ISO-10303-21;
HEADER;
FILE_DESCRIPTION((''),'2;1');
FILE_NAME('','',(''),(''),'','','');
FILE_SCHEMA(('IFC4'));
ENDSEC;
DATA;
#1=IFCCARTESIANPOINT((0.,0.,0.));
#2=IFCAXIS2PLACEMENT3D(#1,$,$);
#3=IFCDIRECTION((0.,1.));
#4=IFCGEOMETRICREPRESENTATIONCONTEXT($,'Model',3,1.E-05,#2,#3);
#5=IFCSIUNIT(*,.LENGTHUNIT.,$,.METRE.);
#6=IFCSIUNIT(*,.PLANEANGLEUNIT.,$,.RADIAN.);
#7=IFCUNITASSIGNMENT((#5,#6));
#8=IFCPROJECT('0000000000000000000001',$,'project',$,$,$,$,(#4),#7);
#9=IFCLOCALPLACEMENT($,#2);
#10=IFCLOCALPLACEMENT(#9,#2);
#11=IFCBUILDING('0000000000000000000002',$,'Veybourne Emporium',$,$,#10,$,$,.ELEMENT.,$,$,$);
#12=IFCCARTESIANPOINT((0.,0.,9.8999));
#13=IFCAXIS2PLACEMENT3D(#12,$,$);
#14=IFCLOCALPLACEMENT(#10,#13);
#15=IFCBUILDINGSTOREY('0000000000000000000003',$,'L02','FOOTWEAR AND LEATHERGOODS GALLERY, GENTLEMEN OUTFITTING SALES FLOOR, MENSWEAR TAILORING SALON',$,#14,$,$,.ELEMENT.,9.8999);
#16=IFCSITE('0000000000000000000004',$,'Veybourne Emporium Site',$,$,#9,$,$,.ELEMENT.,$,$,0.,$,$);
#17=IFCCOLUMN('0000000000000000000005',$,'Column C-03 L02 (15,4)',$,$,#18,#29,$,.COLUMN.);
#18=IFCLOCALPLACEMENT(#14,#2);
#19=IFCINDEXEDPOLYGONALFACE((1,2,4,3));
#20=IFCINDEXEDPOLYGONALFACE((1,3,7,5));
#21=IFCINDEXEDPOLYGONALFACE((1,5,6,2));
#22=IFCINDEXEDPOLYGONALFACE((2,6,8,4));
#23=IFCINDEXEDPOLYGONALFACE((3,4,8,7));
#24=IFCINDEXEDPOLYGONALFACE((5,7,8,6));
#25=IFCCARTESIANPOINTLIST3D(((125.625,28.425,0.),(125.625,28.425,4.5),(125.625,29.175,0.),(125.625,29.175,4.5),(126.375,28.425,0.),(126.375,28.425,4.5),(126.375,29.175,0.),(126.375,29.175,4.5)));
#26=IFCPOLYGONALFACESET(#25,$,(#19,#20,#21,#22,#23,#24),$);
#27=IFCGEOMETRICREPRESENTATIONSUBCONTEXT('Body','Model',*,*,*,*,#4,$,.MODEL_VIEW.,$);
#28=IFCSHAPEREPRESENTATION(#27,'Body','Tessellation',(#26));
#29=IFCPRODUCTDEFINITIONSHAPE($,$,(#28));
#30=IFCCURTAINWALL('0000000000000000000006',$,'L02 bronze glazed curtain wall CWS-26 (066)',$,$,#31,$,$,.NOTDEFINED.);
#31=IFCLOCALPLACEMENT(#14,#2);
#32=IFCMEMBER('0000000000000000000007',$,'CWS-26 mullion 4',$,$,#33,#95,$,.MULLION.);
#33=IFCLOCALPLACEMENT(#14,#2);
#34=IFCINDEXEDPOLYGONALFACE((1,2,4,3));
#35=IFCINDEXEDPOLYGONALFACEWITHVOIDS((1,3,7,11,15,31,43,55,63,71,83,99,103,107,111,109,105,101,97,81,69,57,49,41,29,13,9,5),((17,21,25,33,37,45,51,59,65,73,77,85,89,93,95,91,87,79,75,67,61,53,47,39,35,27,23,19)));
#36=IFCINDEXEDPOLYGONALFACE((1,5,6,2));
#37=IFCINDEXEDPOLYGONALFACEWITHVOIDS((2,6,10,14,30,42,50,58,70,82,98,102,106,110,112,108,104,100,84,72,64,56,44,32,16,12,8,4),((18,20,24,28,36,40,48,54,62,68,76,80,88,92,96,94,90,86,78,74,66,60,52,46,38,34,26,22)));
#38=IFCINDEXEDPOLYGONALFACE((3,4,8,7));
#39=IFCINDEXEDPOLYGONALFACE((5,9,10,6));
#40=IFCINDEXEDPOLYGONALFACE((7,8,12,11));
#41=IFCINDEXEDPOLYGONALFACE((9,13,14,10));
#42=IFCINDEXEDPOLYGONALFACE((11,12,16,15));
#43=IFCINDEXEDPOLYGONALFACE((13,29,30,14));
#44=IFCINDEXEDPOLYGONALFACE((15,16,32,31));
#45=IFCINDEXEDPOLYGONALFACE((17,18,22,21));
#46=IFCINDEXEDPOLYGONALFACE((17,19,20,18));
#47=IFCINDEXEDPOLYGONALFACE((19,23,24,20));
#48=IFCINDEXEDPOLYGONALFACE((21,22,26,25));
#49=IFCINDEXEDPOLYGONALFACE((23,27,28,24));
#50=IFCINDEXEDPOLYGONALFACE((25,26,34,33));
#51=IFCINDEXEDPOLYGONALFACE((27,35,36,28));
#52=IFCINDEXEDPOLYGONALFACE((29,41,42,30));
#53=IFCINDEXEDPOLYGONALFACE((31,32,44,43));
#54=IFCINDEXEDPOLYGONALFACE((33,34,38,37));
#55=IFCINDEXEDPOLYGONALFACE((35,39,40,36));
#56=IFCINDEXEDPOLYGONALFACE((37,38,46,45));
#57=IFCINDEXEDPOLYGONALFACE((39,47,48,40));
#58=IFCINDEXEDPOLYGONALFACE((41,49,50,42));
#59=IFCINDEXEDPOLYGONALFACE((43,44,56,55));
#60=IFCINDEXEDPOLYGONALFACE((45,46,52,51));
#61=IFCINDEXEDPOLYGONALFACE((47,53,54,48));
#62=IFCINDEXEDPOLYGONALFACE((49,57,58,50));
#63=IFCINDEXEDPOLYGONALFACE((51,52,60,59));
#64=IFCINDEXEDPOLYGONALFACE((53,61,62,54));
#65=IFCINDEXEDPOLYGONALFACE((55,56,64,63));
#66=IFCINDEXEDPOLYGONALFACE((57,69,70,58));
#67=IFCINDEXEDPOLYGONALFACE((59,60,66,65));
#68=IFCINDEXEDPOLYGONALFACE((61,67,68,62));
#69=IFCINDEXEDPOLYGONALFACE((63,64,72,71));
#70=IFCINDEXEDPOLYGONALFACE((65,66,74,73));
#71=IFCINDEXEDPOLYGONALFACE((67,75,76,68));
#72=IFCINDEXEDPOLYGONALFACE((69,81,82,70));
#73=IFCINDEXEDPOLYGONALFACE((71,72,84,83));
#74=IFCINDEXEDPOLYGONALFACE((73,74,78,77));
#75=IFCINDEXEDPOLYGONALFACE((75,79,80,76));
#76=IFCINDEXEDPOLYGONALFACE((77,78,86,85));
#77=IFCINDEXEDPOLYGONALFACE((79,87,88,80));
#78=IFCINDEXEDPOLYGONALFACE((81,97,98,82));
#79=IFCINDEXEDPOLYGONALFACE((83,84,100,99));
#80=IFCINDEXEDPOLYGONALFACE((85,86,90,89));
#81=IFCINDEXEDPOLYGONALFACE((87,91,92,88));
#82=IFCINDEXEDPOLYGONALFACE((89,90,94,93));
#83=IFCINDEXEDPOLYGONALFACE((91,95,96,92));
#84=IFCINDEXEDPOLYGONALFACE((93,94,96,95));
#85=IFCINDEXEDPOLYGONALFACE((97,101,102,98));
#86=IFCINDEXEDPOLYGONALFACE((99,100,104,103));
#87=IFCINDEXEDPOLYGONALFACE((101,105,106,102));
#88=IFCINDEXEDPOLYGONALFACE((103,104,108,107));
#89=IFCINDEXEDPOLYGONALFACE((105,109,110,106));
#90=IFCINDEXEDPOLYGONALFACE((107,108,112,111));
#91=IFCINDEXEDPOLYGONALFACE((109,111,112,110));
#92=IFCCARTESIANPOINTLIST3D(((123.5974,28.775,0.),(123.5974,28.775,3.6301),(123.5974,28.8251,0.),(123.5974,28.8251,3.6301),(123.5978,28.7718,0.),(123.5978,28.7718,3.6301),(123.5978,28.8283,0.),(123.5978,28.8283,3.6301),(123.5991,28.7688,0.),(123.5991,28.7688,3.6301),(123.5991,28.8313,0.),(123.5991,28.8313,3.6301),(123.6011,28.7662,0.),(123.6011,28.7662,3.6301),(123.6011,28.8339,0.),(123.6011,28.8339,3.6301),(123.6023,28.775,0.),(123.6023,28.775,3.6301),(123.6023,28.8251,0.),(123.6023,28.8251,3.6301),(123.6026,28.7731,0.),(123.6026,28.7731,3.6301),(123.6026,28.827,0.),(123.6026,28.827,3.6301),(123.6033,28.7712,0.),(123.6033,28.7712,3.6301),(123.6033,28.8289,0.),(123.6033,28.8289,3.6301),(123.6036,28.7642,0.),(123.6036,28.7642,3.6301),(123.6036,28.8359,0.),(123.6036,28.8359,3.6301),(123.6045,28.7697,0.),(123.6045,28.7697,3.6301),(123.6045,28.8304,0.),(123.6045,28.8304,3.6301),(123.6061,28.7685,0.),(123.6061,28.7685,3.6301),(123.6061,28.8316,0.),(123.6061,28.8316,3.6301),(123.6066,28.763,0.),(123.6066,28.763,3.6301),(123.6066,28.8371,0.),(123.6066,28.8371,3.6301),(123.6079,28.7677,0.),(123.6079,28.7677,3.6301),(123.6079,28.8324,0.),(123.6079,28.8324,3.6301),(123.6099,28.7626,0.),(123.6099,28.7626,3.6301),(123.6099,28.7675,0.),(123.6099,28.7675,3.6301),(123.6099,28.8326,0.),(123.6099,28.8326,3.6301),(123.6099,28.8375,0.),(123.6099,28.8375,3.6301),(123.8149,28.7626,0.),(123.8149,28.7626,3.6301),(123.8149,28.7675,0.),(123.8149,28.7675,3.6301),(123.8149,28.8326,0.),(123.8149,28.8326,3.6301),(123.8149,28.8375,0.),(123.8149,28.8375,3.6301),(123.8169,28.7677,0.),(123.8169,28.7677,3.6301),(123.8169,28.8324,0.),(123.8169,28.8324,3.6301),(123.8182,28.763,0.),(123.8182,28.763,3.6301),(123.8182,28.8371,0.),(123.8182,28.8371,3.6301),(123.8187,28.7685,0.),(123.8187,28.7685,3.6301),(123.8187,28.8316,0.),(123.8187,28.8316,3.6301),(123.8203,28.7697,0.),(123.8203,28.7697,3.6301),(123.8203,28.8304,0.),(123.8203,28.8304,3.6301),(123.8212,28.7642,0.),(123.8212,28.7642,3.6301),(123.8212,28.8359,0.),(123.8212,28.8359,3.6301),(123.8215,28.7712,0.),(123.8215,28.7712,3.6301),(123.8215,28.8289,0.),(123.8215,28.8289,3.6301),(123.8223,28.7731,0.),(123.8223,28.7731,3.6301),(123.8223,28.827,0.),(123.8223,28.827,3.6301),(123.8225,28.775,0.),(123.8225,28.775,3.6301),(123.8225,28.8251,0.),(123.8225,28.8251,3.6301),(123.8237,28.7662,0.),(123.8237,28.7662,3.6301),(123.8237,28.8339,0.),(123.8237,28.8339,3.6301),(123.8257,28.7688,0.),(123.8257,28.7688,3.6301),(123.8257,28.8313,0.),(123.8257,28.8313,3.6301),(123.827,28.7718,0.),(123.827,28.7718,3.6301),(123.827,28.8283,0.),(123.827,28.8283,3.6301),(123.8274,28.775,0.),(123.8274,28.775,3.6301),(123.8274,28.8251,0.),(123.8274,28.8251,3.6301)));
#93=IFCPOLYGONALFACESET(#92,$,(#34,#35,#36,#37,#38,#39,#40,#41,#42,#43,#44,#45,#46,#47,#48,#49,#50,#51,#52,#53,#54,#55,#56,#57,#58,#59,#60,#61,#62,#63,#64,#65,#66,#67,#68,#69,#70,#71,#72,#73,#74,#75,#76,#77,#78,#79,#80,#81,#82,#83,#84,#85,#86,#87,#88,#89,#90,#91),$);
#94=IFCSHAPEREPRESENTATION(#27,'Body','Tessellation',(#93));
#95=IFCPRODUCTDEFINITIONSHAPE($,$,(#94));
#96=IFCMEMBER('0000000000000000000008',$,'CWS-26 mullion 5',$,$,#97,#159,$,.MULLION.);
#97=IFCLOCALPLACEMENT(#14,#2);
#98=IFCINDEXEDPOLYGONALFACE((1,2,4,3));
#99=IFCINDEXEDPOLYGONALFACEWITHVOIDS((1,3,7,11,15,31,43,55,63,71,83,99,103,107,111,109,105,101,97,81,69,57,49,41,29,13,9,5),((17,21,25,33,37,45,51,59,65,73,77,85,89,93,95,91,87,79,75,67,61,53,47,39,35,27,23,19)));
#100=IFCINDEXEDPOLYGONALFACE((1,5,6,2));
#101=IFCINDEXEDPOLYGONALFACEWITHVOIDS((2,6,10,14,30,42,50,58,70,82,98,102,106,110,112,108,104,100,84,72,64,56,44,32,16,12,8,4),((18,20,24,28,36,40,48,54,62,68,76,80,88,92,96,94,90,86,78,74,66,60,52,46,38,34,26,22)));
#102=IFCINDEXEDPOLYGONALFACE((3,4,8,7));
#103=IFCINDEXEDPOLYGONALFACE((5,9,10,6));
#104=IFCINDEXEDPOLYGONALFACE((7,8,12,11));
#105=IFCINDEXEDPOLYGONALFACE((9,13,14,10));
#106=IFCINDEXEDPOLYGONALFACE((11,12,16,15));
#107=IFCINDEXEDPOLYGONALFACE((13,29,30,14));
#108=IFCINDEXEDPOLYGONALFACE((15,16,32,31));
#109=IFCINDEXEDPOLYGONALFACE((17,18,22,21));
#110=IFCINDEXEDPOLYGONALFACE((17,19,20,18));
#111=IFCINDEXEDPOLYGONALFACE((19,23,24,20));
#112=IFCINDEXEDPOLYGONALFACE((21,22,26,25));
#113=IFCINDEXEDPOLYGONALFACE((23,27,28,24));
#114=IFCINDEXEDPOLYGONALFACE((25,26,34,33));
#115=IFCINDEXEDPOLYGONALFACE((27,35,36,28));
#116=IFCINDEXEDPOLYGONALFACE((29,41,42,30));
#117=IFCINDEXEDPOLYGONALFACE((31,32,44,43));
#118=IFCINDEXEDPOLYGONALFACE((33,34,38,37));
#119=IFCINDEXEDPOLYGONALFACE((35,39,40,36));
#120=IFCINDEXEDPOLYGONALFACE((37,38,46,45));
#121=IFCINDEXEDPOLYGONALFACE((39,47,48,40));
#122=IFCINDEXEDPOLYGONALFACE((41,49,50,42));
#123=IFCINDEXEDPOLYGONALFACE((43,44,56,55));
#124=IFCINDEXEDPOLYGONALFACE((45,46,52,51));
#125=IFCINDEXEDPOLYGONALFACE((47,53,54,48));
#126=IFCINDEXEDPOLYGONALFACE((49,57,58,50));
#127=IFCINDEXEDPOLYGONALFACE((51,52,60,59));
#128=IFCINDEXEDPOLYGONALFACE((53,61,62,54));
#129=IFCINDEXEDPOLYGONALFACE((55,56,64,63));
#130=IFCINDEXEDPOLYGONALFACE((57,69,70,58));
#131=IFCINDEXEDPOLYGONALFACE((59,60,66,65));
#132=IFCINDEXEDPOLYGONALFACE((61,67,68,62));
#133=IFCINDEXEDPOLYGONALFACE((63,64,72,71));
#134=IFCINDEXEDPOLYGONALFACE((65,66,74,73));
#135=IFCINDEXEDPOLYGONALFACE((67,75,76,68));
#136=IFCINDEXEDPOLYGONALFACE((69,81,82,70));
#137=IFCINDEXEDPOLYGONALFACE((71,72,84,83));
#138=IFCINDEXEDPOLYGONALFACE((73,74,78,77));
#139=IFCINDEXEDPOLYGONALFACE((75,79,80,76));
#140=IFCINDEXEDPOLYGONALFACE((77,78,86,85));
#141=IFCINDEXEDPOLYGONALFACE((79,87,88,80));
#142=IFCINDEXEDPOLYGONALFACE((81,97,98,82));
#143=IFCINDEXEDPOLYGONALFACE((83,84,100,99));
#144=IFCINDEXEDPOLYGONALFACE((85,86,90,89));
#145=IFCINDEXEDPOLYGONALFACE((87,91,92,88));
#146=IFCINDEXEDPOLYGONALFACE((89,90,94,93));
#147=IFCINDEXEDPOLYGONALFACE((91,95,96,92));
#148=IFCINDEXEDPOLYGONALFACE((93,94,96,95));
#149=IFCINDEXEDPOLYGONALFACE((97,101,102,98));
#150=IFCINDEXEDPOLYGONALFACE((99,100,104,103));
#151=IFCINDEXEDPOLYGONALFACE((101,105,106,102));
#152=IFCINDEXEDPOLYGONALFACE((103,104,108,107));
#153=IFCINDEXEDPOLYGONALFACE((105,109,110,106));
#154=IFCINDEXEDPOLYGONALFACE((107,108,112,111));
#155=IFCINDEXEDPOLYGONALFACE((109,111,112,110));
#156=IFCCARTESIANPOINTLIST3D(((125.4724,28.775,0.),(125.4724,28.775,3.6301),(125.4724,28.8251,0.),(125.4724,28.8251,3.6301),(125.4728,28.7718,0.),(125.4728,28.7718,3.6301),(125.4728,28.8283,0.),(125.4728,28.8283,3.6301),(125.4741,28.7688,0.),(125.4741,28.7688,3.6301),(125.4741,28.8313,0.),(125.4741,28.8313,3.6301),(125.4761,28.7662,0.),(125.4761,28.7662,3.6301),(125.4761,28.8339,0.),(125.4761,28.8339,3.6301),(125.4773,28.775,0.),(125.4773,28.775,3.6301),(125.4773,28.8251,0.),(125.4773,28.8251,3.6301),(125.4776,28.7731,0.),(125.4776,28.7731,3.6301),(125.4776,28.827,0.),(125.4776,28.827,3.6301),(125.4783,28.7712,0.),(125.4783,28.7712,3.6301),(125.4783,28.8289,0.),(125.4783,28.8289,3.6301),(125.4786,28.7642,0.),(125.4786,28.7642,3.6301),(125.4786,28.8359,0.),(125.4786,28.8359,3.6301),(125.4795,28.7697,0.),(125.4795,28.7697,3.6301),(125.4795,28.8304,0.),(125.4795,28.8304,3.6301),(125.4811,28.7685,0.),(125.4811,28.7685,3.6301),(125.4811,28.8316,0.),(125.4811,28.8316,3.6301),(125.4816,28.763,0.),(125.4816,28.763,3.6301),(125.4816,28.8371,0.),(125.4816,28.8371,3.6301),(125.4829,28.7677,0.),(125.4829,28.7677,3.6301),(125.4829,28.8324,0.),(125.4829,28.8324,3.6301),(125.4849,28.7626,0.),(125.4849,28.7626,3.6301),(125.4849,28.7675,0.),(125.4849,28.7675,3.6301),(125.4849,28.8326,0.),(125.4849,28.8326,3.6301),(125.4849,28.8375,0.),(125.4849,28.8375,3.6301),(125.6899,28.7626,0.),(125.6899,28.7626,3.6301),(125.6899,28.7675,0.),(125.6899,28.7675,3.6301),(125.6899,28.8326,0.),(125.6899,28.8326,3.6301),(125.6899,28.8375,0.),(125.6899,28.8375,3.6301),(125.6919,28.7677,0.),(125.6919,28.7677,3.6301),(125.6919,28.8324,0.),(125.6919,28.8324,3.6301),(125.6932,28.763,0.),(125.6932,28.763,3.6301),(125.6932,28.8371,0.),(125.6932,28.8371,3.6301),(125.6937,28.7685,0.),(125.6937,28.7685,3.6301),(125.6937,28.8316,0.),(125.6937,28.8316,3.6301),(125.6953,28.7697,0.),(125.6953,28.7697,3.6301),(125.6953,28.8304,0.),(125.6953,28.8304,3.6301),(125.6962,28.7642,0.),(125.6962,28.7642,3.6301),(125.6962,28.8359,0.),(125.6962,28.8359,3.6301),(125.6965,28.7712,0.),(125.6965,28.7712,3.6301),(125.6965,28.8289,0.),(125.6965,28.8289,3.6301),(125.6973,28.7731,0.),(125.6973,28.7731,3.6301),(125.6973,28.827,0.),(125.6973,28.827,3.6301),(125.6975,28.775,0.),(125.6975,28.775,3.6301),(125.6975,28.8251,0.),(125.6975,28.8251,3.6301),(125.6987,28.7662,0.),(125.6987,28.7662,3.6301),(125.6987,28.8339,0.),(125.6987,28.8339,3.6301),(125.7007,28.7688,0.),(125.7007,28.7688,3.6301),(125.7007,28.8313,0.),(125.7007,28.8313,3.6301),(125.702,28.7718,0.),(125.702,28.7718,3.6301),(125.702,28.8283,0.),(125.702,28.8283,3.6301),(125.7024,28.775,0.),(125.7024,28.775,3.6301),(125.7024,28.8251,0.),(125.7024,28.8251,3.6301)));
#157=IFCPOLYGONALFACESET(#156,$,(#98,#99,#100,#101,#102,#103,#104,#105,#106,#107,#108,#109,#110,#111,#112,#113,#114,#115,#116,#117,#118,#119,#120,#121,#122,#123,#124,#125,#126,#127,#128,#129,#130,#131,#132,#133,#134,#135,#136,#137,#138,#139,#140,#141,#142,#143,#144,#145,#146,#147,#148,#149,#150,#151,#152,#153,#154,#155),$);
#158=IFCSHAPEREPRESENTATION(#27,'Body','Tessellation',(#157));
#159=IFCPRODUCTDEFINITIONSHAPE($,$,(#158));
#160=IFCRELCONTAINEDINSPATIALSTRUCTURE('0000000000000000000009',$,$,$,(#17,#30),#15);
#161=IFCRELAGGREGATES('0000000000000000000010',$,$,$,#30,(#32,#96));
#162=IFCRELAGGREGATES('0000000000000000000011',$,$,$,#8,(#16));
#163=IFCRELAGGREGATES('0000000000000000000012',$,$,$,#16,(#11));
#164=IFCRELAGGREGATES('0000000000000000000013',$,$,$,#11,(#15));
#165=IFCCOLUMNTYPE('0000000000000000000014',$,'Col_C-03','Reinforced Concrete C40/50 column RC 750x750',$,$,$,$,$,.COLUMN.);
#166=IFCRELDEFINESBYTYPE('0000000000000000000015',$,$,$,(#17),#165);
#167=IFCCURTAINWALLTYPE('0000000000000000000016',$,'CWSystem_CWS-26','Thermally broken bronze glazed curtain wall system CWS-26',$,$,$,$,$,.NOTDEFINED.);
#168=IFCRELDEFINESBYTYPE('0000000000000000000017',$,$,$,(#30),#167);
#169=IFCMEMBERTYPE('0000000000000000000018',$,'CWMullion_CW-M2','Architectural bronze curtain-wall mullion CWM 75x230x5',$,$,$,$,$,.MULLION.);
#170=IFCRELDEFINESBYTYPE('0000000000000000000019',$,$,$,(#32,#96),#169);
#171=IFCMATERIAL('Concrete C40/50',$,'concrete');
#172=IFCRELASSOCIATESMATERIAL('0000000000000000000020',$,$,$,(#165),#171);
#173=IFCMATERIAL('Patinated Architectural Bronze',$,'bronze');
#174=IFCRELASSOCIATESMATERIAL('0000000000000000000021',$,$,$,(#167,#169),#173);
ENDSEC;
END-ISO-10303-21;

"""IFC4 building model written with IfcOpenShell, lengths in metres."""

from ifc_helpers import new_model, si_unit, direction, frame, origin, origin_2d, place, context, subcontext, project, spatial, rectangle, hollow_rectangle, extrude, material, material_profile, profile_set, type_object, element, aggregate, save


model = new_model("IFC4")

# Units and contexts
model_context = context("Model", 3, precision=1e-05, world=origin(), true_north=direction((0.0, 1.0)))
body_context = subcontext(model_context, "Body", "Model", "MODEL_VIEW")
ifc_project = project(units=[si_unit("LENGTHUNIT", "METRE"), si_unit("PLANEANGLEUNIT", "RADIAN")], contexts=[model_context])

# Site, building, storey
site_placement = place(None, origin())
site = spatial("IfcSite", under=ifc_project, at=site_placement, Name="Veybourne Emporium Site", CompositionType="ELEMENT", RefElevation=0.0)
building_placement = place(site_placement, origin())
building = spatial("IfcBuilding", under=site, at=building_placement, Name="Veybourne Emporium", CompositionType="ELEMENT")
storey_placement = place(building_placement, frame((0.0, 0.0, 9.8999)))
storey = spatial("IfcBuildingStorey", under=building, at=storey_placement, Name="L02", Description="FOOTWEAR AND LEATHERGOODS GALLERY, GENTLEMEN OUTFITTING SALES FLOOR, MENSWEAR TAILORING SALON", CompositionType="ELEMENT", Elevation=9.8999)

# Column
ifc_material_1 = material(Name="Concrete C40/50", Category="concrete")
ifc_material_profile_1 = material_profile(ifc_material_1, rectangle(XDim=0.75, YDim=0.75, at=origin_2d()), Name="RC 750x750")
ifc_profile_set_1 = profile_set([ifc_material_profile_1], Name="Concrete C40/50")
column_type = type_object("IfcColumnType", Name="Col_C-03", Description="Reinforced Concrete C40/50 column RC 750x750", PredefinedType="COLUMN", material=ifc_profile_set_1)
column_placement = place(storey_placement, frame((126.0, 28.8, 0.0), z_axis=(0.0, 0.0, 1.0), x_axis=(1.0, 0.0, 0.0)))
element("IfcColumn", 1, at=column_placement, inside=storey, type_object=column_type, Name="Column C-03 L02 (15,4)", PredefinedType="COLUMN", context=body_context, shape_type="SweptSolid", body=[
    extrude(rectangle(XDim=0.75, YDim=0.75, at=origin_2d()), origin(), (0.0, 0.0, 1.0), 4.5),
])

# Curtain wall, members
ifc_material_2 = material(Name="Patinated Architectural Bronze", Category="bronze")
curtain_wall_type = type_object("IfcCurtainWallType", Name="CWSystem_CWS-26", Description="Thermally broken bronze glazed curtain wall system CWS-26", PredefinedType="NOTDEFINED", material=ifc_material_2)
curtain_wall_placement = place(storey_placement, origin())
curtain_wall = element("IfcCurtainWall", 2, at=curtain_wall_placement, inside=storey, type_object=curtain_wall_type, Name="L02 bronze glazed curtain wall CWS-26 (066)", PredefinedType="NOTDEFINED")
ifc_material_profile_2 = material_profile(ifc_material_2, hollow_rectangle(XDim=0.075, YDim=0.23, WallThickness=0.0049, InnerFilletRadius=0.0076, OuterFilletRadius=0.0125, at=origin_2d()), Name="CWM 75x230x5")
ifc_profile_set_2 = profile_set([ifc_material_profile_2], Name="Patinated Architectural Bronze")
member_type_1 = type_object("IfcMemberType", Name="CWMullion_CW-M2", Description="Architectural bronze curtain-wall mullion CWM 75x230x5", PredefinedType="MULLION", material=ifc_profile_set_2)
member_1_placement = place(storey_placement, frame((123.7124, 28.8, 0.0), z_axis=(0.0, 0.0, 1.0), x_axis=(0.0, 1.0, 0.0)))
member_1 = element("IfcMember", 3, at=member_1_placement, type_object=member_type_1, Name="CWS-26 mullion 4", PredefinedType="MULLION", context=body_context, shape_type="SweptSolid", body=[
    extrude(hollow_rectangle(XDim=0.075, YDim=0.23, WallThickness=0.0049, InnerFilletRadius=0.0076, OuterFilletRadius=0.0125, at=origin_2d()), origin(), (0.0, 0.0, 1.0), 3.6301),
])
member_2_placement = place(storey_placement, frame((125.5874, 28.8, 0.0), z_axis=(0.0, 0.0, 1.0), x_axis=(0.0, 1.0, 0.0)))
member_2 = element("IfcMember", 4, at=member_2_placement, type_object=member_type_1, Name="CWS-26 mullion 5", PredefinedType="MULLION", context=body_context, shape_type="SweptSolid", body=[
    extrude(hollow_rectangle(XDim=0.075, YDim=0.23, WallThickness=0.0049, InnerFilletRadius=0.0076, OuterFilletRadius=0.0125, at=origin_2d()), origin(), (0.0, 0.0, 1.0), 3.6301),
])

aggregate(curtain_wall, [member_1, member_2])

save(model, "model.ifc")
